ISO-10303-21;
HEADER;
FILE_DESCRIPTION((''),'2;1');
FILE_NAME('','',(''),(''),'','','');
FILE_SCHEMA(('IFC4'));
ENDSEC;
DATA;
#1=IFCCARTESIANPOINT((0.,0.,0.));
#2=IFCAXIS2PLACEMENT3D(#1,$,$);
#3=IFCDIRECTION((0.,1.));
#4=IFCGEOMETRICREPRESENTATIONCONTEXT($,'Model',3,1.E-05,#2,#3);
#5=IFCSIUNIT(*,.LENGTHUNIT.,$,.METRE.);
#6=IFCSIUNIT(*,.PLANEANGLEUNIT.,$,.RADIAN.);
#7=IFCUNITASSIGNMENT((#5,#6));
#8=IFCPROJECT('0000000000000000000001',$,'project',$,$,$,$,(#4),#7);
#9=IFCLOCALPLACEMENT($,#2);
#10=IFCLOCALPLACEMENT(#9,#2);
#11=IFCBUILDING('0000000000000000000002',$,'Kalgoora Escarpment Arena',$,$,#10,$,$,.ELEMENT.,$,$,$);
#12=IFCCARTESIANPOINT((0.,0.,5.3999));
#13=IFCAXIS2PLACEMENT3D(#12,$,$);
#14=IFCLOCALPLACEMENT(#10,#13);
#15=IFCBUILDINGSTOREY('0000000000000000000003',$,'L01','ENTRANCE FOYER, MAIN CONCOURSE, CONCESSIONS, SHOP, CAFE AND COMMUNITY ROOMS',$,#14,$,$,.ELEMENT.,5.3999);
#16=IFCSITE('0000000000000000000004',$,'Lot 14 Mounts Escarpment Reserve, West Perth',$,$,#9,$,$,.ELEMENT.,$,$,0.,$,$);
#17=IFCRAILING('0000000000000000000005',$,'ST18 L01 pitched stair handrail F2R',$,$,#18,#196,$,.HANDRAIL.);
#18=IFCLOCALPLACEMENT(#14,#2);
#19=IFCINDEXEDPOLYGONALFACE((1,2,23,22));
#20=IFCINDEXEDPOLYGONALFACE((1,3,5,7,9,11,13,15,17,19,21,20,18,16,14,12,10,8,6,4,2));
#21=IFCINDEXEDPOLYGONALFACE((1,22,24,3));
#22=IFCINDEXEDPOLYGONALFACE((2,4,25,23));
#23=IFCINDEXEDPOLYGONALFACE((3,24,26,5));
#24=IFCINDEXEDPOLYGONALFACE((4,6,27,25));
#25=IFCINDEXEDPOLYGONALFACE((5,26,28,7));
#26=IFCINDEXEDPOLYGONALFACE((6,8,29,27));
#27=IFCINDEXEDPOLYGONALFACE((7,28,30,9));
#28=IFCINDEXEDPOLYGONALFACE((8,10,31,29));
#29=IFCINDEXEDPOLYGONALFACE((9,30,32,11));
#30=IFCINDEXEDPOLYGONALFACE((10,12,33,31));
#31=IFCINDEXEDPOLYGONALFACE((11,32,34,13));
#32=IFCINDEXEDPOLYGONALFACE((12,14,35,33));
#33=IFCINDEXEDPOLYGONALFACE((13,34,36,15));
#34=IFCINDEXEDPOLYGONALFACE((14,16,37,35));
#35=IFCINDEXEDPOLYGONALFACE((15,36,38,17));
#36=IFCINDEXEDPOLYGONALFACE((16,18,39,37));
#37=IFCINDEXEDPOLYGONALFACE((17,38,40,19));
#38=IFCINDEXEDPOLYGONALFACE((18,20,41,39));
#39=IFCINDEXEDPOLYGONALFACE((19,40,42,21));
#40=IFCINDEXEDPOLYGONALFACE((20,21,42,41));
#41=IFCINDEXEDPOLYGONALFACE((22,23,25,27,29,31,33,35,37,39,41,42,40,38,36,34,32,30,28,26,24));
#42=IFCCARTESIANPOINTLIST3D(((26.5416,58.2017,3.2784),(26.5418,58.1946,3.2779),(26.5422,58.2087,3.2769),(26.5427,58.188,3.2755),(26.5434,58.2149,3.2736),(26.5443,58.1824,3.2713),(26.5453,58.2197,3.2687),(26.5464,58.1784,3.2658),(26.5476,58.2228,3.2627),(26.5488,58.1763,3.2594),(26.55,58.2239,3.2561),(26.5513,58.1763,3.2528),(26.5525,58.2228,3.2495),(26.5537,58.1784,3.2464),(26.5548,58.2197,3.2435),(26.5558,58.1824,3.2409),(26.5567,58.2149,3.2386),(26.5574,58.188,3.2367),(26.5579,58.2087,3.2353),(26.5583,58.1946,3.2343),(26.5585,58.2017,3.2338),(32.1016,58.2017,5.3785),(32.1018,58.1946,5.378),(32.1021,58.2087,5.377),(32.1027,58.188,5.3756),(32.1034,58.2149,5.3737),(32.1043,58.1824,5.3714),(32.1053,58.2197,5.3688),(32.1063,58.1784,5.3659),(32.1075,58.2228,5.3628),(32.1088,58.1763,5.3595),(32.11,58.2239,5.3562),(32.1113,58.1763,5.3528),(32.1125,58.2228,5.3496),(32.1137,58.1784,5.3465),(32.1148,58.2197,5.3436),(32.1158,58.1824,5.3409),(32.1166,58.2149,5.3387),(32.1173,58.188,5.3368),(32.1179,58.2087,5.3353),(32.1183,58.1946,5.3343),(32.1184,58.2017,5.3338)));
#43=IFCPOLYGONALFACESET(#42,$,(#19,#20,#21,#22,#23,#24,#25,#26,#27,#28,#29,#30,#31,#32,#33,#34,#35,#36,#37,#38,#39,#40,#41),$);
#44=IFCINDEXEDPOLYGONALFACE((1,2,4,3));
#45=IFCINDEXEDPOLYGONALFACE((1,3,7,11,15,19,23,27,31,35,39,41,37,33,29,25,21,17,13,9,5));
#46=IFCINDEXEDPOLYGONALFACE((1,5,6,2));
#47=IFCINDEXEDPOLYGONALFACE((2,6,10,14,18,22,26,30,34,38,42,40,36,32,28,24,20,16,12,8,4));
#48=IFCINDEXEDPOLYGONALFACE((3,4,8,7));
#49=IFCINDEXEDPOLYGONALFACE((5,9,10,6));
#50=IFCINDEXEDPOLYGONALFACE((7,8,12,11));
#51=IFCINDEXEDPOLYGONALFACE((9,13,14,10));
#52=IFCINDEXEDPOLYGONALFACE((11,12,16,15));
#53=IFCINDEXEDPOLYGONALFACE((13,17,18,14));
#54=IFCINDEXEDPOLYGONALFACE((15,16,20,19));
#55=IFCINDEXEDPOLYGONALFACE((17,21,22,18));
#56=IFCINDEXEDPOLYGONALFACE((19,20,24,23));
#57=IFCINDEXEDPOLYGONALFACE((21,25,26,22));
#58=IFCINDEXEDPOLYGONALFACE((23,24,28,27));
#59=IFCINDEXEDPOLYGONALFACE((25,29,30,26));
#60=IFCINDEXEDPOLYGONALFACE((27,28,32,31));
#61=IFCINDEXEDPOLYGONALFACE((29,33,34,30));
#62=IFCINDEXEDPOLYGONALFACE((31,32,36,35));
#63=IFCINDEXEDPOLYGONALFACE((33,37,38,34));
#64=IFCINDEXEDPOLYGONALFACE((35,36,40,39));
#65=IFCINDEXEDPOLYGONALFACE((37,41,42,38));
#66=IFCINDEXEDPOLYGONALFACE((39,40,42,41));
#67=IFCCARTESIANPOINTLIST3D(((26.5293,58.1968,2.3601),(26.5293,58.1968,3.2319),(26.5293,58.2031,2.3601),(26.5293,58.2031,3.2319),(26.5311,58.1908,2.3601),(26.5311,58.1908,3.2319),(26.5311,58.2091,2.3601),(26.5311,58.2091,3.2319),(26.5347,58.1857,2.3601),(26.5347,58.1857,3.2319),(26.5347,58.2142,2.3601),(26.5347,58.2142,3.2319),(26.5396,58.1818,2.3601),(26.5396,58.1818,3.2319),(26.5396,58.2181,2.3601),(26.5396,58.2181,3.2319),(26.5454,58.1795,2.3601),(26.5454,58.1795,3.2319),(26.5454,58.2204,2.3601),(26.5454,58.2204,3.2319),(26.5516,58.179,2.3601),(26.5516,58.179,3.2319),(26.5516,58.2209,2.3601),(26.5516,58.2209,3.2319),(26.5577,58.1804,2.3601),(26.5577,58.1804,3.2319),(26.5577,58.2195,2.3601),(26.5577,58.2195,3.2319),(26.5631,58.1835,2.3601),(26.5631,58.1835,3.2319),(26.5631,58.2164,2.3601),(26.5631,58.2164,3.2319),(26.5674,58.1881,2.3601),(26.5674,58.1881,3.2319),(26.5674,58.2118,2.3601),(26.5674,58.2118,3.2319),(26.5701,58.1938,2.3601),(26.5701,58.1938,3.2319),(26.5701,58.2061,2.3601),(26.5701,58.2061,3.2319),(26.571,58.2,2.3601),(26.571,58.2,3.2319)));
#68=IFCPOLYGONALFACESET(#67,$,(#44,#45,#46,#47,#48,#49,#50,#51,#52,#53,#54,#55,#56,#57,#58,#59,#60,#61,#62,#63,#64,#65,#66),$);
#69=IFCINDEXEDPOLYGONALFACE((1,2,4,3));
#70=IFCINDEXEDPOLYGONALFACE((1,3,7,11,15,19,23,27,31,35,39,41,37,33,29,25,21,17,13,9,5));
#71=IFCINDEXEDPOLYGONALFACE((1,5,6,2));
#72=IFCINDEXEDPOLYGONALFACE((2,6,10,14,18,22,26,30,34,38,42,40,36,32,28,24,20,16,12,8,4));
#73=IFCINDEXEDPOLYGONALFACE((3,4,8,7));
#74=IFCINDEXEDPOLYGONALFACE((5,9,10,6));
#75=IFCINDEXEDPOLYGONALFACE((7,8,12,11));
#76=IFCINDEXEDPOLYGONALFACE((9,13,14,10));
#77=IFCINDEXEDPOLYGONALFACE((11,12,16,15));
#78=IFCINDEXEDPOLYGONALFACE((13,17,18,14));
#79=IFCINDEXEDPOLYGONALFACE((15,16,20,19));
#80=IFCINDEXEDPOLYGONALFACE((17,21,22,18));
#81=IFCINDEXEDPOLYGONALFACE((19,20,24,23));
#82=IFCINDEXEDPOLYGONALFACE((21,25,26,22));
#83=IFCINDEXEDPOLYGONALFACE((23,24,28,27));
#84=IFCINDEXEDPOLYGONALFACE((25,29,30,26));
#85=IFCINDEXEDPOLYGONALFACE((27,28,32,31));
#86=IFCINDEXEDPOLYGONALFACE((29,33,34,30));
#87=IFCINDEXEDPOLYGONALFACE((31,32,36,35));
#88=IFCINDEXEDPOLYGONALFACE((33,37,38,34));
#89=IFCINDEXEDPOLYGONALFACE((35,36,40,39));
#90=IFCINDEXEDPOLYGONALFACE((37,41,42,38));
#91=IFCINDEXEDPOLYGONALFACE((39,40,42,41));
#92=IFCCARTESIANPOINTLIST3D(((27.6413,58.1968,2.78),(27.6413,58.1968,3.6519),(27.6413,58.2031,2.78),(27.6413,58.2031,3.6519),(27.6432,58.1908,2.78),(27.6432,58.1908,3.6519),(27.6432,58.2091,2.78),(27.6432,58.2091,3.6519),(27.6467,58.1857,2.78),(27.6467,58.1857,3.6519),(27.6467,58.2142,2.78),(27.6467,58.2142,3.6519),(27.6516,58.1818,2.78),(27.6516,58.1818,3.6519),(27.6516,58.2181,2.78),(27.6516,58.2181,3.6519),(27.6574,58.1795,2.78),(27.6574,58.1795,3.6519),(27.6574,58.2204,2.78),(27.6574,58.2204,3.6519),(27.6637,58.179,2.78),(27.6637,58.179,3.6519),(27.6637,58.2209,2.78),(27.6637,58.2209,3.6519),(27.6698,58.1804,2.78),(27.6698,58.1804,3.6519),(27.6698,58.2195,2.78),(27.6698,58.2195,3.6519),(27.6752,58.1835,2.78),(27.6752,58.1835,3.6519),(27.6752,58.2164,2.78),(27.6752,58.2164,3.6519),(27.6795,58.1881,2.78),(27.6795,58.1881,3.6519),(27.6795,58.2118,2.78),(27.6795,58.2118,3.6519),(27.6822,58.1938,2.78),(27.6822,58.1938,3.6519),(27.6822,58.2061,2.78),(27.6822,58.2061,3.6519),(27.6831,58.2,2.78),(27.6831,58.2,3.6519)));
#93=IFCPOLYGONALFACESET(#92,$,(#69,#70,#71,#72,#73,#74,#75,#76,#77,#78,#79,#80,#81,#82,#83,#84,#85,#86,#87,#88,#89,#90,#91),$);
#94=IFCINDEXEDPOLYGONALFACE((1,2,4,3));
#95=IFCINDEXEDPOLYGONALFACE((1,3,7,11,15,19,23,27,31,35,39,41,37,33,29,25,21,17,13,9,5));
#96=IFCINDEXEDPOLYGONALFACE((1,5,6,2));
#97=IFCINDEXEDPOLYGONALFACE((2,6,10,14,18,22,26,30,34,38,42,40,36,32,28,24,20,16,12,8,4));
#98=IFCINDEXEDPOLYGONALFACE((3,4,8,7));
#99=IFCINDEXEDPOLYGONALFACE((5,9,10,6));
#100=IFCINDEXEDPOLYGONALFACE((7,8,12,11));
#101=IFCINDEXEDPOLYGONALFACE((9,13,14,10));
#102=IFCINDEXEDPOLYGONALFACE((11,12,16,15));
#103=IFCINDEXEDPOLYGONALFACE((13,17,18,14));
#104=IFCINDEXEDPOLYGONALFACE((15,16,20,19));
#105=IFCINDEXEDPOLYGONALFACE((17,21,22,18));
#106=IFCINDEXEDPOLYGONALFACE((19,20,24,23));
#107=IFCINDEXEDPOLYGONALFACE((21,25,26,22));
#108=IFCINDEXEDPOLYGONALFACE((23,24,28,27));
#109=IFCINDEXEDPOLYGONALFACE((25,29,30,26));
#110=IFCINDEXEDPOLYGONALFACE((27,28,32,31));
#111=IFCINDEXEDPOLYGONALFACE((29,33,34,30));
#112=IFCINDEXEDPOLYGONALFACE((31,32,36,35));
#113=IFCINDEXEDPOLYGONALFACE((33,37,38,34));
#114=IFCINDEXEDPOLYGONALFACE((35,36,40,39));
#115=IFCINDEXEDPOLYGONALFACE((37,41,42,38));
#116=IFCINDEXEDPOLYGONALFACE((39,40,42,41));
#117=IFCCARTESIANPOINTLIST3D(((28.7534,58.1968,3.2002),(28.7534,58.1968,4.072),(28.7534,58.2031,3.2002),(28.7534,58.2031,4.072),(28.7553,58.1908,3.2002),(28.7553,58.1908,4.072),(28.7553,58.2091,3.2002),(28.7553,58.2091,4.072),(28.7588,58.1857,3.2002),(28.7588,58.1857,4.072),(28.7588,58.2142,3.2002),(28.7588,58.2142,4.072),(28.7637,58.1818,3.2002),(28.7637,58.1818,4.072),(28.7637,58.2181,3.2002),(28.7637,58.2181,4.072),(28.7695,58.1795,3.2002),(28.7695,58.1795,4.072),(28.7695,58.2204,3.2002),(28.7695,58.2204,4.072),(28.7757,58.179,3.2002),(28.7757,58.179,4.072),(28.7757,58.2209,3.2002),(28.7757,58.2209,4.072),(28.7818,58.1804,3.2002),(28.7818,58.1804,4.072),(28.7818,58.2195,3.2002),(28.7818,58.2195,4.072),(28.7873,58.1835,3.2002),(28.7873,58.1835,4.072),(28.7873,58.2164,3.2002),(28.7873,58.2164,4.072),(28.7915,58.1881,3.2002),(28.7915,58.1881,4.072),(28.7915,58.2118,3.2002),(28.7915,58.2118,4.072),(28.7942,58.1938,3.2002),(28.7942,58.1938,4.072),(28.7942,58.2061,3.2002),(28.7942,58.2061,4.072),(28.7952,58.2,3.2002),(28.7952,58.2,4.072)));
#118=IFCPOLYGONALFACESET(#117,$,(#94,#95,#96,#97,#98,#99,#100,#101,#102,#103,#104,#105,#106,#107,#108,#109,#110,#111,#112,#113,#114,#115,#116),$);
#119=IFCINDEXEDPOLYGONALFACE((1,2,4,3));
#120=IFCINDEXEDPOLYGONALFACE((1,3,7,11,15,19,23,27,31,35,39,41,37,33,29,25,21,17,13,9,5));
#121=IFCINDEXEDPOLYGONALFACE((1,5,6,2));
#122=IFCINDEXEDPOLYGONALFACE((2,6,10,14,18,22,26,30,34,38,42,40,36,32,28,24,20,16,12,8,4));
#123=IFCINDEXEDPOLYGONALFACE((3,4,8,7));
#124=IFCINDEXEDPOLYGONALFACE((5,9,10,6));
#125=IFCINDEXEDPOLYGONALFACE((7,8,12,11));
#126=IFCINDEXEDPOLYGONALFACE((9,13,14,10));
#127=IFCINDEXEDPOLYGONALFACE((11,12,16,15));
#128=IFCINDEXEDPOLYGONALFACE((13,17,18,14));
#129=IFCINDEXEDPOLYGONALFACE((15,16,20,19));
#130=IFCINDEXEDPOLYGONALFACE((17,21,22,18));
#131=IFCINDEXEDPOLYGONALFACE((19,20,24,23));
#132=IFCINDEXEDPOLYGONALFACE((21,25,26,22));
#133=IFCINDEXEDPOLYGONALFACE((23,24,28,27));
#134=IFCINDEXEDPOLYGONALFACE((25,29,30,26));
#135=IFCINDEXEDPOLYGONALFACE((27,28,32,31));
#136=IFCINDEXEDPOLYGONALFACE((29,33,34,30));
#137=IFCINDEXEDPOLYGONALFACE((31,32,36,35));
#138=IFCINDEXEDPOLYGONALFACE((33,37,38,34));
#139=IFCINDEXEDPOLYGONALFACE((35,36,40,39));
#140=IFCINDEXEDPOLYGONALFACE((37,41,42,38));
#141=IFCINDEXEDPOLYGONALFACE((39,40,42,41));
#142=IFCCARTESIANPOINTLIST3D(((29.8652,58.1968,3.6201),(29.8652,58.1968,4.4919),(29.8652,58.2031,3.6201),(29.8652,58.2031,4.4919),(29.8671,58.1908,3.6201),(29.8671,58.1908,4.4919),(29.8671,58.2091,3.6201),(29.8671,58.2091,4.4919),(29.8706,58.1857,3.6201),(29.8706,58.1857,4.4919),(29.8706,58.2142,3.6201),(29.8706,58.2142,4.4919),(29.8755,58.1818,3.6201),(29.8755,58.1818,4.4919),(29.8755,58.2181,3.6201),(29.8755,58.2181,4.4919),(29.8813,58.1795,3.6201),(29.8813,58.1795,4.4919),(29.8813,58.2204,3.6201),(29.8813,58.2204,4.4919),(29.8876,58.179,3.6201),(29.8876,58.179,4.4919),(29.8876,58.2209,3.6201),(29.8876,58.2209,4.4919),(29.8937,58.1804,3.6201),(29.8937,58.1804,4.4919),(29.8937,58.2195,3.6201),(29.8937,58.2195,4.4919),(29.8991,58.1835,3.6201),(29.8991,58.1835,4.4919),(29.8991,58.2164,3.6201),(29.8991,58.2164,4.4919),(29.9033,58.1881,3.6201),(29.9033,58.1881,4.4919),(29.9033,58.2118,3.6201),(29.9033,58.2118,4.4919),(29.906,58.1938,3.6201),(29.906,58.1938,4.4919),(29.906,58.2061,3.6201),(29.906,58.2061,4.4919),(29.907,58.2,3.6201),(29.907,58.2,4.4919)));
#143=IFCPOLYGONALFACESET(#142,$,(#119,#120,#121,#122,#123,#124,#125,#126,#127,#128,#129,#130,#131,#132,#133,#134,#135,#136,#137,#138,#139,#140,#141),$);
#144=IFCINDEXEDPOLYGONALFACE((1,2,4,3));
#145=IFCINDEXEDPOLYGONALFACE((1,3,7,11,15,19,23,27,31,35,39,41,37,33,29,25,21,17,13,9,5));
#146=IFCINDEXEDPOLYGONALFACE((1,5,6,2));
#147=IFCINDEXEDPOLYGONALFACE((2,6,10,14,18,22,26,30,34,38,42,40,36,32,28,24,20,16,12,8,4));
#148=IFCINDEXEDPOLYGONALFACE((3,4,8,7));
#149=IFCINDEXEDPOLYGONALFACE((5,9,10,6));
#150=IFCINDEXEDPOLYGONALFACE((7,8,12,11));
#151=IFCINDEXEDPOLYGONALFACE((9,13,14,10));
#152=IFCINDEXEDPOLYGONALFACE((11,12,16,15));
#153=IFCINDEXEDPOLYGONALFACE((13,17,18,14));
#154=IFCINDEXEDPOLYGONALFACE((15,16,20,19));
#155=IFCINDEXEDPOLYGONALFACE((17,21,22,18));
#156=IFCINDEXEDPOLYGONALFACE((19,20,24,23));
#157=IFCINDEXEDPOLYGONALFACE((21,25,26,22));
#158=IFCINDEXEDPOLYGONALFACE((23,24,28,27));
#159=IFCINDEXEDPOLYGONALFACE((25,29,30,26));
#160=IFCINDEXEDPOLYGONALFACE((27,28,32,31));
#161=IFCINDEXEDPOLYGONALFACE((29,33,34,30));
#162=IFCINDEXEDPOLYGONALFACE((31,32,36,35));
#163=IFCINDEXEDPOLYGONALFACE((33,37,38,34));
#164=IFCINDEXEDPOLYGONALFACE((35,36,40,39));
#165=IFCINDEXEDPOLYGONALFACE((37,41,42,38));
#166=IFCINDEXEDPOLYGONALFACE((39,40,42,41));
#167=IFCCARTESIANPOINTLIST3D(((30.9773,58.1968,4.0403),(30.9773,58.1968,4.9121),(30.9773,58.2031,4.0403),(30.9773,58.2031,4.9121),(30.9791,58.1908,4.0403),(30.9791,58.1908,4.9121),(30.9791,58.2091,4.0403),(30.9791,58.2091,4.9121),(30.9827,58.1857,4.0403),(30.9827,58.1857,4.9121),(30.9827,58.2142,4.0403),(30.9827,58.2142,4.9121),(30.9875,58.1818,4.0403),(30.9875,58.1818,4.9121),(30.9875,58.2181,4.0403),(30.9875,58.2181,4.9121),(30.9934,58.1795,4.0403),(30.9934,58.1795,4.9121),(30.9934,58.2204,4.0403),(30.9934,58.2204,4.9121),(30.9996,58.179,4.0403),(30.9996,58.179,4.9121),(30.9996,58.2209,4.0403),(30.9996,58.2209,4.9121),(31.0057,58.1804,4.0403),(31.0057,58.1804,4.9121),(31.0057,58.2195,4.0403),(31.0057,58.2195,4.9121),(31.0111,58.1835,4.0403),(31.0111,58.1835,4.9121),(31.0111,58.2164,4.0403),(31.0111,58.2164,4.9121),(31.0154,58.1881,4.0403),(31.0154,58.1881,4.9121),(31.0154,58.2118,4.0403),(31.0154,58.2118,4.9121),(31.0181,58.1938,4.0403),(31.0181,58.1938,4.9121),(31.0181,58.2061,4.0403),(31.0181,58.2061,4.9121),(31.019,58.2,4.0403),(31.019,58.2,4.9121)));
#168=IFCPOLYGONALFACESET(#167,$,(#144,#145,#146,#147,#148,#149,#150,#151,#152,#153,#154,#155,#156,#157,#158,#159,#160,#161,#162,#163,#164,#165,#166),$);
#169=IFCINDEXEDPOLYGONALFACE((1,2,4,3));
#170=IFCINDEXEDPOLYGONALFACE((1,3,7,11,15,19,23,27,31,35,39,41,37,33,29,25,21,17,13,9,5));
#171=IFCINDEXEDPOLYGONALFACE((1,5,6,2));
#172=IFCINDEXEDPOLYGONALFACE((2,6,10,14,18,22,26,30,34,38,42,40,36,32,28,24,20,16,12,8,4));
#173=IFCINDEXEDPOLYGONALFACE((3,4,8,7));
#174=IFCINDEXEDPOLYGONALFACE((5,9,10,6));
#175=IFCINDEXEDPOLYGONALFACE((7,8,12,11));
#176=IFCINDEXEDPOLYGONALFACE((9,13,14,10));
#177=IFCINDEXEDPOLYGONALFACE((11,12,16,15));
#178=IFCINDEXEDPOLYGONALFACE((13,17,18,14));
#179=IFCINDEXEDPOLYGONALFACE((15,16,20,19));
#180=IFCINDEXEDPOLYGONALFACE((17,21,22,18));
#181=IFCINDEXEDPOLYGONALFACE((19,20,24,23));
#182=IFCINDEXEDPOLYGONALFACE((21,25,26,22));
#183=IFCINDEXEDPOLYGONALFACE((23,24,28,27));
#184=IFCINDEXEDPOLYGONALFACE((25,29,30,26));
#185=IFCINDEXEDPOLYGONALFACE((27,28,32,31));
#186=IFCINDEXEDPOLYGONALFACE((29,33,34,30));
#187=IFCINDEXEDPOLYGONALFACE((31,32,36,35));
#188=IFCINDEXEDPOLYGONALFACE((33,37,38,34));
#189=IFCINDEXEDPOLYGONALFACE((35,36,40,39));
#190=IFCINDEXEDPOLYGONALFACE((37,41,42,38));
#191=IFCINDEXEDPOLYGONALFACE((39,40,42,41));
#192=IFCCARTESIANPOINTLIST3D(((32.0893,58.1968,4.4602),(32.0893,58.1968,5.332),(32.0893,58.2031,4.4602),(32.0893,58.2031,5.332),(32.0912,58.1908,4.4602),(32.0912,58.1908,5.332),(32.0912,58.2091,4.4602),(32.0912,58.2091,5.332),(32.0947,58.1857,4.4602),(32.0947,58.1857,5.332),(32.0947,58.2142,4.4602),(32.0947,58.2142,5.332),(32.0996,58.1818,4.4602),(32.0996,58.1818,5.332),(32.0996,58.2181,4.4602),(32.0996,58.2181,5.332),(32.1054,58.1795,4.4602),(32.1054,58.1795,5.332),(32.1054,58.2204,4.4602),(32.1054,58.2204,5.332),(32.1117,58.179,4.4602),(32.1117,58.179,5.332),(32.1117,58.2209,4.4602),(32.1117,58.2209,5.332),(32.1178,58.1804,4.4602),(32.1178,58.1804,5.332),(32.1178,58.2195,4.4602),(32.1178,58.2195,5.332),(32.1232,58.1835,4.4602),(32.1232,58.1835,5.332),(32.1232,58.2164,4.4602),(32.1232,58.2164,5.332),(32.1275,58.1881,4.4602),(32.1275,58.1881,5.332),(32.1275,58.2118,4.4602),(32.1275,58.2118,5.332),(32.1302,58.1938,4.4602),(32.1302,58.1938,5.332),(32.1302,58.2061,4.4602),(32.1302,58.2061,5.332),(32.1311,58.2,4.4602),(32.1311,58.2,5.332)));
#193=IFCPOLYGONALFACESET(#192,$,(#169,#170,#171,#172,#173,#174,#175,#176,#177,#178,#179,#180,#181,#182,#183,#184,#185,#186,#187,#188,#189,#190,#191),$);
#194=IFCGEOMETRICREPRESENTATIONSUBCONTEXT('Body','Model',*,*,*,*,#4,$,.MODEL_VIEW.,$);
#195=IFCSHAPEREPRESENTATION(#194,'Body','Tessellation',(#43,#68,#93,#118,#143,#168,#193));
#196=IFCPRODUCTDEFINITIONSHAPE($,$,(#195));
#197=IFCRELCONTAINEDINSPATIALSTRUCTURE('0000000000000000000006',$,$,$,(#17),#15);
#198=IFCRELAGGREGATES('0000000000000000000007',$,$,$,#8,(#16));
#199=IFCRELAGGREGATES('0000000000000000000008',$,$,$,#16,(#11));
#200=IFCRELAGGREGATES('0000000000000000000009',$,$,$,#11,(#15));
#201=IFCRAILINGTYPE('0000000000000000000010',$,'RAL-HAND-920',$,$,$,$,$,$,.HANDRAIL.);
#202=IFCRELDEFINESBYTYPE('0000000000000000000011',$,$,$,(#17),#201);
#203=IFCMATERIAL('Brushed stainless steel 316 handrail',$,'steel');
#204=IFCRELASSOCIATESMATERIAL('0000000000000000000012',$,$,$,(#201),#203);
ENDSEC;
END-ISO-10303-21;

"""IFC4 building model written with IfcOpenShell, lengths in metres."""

from ifc_helpers import new_model, si_unit, direction, frame, origin, origin_2d, place, context, subcontext, project, spatial, circle, extrude, material, type_object, element, save


model = new_model("IFC4")

# Units and contexts
model_context = context("Model", 3, precision=1e-05, world=origin(), true_north=direction((0.0, 1.0)))
body_context = subcontext(model_context, "Body", "Model", "MODEL_VIEW")
ifc_project = project(units=[si_unit("LENGTHUNIT", "METRE"), si_unit("PLANEANGLEUNIT", "RADIAN")], contexts=[model_context])

# Site, building, storey
site_placement = place(None, origin())
site = spatial("IfcSite", under=ifc_project, at=site_placement, Name="Lot 14 Mounts Escarpment Reserve, West Perth", CompositionType="ELEMENT", RefElevation=0.0)
building_placement = place(site_placement, origin())
building = spatial("IfcBuilding", under=site, at=building_placement, Name="Kalgoora Escarpment Arena", CompositionType="ELEMENT")
storey_placement = place(building_placement, frame((0.0, 0.0, 5.3999)))
storey = spatial("IfcBuildingStorey", under=building, at=storey_placement, Name="L01", Description="ENTRANCE FOYER, MAIN CONCOURSE, CONCESSIONS, SHOP, CAFE AND COMMUNITY ROOMS", CompositionType="ELEMENT", Elevation=5.3999)

# Railing
ifc_material_1 = material(Name="Brushed stainless steel 316 handrail", Category="steel")
railing_type_1 = type_object("IfcRailingType", Name="RAL-HAND-920", PredefinedType="HANDRAIL", material=ifc_material_1)
for number, where, name in (
    (1, (26.55, 58.2, 2.3601), "ST18 L01 pitched stair handrail F2R"),
):
    element("IfcRailing", number, at=place(storey_placement, frame(where)), inside=storey, type_object=railing_type_1, Name=name, PredefinedType="HANDRAIL", context=body_context, shape_type="SweptSolid", body=[
        extrude(circle(Radius=0.0239, at=origin_2d()), frame((0.0, 0.0, 0.896), z_axis=(0.935493, 0.0, 0.353346), x_axis=(0.0, 1.0, 0.0)), (0.0, 0.0, 1.0), 5.9434),
        extrude(circle(Radius=0.021, at=origin_2d()), origin(), (0.0, 0.0, 1.0), 0.8718),
        extrude(circle(Radius=0.021, at=origin_2d()), frame((1.1121, 0.0, 0.4199)), (0.0, 0.0, 1.0), 0.8718),
        extrude(circle(Radius=0.021, at=origin_2d()), frame((2.2241, 0.0, 0.8401)), (0.0, 0.0, 1.0), 0.8718),
        extrude(circle(Radius=0.021, at=origin_2d()), frame((3.3359, 0.0, 1.26)), (0.0, 0.0, 1.0), 0.8718),
        extrude(circle(Radius=0.021, at=origin_2d()), frame((4.448, 0.0, 1.6802)), (0.0, 0.0, 1.0), 0.8718),
        extrude(circle(Radius=0.021, at=origin_2d()), frame((5.5601, 0.0, 2.1001)), (0.0, 0.0, 1.0), 0.8718),
    ])

save(model, "model.ifc")
